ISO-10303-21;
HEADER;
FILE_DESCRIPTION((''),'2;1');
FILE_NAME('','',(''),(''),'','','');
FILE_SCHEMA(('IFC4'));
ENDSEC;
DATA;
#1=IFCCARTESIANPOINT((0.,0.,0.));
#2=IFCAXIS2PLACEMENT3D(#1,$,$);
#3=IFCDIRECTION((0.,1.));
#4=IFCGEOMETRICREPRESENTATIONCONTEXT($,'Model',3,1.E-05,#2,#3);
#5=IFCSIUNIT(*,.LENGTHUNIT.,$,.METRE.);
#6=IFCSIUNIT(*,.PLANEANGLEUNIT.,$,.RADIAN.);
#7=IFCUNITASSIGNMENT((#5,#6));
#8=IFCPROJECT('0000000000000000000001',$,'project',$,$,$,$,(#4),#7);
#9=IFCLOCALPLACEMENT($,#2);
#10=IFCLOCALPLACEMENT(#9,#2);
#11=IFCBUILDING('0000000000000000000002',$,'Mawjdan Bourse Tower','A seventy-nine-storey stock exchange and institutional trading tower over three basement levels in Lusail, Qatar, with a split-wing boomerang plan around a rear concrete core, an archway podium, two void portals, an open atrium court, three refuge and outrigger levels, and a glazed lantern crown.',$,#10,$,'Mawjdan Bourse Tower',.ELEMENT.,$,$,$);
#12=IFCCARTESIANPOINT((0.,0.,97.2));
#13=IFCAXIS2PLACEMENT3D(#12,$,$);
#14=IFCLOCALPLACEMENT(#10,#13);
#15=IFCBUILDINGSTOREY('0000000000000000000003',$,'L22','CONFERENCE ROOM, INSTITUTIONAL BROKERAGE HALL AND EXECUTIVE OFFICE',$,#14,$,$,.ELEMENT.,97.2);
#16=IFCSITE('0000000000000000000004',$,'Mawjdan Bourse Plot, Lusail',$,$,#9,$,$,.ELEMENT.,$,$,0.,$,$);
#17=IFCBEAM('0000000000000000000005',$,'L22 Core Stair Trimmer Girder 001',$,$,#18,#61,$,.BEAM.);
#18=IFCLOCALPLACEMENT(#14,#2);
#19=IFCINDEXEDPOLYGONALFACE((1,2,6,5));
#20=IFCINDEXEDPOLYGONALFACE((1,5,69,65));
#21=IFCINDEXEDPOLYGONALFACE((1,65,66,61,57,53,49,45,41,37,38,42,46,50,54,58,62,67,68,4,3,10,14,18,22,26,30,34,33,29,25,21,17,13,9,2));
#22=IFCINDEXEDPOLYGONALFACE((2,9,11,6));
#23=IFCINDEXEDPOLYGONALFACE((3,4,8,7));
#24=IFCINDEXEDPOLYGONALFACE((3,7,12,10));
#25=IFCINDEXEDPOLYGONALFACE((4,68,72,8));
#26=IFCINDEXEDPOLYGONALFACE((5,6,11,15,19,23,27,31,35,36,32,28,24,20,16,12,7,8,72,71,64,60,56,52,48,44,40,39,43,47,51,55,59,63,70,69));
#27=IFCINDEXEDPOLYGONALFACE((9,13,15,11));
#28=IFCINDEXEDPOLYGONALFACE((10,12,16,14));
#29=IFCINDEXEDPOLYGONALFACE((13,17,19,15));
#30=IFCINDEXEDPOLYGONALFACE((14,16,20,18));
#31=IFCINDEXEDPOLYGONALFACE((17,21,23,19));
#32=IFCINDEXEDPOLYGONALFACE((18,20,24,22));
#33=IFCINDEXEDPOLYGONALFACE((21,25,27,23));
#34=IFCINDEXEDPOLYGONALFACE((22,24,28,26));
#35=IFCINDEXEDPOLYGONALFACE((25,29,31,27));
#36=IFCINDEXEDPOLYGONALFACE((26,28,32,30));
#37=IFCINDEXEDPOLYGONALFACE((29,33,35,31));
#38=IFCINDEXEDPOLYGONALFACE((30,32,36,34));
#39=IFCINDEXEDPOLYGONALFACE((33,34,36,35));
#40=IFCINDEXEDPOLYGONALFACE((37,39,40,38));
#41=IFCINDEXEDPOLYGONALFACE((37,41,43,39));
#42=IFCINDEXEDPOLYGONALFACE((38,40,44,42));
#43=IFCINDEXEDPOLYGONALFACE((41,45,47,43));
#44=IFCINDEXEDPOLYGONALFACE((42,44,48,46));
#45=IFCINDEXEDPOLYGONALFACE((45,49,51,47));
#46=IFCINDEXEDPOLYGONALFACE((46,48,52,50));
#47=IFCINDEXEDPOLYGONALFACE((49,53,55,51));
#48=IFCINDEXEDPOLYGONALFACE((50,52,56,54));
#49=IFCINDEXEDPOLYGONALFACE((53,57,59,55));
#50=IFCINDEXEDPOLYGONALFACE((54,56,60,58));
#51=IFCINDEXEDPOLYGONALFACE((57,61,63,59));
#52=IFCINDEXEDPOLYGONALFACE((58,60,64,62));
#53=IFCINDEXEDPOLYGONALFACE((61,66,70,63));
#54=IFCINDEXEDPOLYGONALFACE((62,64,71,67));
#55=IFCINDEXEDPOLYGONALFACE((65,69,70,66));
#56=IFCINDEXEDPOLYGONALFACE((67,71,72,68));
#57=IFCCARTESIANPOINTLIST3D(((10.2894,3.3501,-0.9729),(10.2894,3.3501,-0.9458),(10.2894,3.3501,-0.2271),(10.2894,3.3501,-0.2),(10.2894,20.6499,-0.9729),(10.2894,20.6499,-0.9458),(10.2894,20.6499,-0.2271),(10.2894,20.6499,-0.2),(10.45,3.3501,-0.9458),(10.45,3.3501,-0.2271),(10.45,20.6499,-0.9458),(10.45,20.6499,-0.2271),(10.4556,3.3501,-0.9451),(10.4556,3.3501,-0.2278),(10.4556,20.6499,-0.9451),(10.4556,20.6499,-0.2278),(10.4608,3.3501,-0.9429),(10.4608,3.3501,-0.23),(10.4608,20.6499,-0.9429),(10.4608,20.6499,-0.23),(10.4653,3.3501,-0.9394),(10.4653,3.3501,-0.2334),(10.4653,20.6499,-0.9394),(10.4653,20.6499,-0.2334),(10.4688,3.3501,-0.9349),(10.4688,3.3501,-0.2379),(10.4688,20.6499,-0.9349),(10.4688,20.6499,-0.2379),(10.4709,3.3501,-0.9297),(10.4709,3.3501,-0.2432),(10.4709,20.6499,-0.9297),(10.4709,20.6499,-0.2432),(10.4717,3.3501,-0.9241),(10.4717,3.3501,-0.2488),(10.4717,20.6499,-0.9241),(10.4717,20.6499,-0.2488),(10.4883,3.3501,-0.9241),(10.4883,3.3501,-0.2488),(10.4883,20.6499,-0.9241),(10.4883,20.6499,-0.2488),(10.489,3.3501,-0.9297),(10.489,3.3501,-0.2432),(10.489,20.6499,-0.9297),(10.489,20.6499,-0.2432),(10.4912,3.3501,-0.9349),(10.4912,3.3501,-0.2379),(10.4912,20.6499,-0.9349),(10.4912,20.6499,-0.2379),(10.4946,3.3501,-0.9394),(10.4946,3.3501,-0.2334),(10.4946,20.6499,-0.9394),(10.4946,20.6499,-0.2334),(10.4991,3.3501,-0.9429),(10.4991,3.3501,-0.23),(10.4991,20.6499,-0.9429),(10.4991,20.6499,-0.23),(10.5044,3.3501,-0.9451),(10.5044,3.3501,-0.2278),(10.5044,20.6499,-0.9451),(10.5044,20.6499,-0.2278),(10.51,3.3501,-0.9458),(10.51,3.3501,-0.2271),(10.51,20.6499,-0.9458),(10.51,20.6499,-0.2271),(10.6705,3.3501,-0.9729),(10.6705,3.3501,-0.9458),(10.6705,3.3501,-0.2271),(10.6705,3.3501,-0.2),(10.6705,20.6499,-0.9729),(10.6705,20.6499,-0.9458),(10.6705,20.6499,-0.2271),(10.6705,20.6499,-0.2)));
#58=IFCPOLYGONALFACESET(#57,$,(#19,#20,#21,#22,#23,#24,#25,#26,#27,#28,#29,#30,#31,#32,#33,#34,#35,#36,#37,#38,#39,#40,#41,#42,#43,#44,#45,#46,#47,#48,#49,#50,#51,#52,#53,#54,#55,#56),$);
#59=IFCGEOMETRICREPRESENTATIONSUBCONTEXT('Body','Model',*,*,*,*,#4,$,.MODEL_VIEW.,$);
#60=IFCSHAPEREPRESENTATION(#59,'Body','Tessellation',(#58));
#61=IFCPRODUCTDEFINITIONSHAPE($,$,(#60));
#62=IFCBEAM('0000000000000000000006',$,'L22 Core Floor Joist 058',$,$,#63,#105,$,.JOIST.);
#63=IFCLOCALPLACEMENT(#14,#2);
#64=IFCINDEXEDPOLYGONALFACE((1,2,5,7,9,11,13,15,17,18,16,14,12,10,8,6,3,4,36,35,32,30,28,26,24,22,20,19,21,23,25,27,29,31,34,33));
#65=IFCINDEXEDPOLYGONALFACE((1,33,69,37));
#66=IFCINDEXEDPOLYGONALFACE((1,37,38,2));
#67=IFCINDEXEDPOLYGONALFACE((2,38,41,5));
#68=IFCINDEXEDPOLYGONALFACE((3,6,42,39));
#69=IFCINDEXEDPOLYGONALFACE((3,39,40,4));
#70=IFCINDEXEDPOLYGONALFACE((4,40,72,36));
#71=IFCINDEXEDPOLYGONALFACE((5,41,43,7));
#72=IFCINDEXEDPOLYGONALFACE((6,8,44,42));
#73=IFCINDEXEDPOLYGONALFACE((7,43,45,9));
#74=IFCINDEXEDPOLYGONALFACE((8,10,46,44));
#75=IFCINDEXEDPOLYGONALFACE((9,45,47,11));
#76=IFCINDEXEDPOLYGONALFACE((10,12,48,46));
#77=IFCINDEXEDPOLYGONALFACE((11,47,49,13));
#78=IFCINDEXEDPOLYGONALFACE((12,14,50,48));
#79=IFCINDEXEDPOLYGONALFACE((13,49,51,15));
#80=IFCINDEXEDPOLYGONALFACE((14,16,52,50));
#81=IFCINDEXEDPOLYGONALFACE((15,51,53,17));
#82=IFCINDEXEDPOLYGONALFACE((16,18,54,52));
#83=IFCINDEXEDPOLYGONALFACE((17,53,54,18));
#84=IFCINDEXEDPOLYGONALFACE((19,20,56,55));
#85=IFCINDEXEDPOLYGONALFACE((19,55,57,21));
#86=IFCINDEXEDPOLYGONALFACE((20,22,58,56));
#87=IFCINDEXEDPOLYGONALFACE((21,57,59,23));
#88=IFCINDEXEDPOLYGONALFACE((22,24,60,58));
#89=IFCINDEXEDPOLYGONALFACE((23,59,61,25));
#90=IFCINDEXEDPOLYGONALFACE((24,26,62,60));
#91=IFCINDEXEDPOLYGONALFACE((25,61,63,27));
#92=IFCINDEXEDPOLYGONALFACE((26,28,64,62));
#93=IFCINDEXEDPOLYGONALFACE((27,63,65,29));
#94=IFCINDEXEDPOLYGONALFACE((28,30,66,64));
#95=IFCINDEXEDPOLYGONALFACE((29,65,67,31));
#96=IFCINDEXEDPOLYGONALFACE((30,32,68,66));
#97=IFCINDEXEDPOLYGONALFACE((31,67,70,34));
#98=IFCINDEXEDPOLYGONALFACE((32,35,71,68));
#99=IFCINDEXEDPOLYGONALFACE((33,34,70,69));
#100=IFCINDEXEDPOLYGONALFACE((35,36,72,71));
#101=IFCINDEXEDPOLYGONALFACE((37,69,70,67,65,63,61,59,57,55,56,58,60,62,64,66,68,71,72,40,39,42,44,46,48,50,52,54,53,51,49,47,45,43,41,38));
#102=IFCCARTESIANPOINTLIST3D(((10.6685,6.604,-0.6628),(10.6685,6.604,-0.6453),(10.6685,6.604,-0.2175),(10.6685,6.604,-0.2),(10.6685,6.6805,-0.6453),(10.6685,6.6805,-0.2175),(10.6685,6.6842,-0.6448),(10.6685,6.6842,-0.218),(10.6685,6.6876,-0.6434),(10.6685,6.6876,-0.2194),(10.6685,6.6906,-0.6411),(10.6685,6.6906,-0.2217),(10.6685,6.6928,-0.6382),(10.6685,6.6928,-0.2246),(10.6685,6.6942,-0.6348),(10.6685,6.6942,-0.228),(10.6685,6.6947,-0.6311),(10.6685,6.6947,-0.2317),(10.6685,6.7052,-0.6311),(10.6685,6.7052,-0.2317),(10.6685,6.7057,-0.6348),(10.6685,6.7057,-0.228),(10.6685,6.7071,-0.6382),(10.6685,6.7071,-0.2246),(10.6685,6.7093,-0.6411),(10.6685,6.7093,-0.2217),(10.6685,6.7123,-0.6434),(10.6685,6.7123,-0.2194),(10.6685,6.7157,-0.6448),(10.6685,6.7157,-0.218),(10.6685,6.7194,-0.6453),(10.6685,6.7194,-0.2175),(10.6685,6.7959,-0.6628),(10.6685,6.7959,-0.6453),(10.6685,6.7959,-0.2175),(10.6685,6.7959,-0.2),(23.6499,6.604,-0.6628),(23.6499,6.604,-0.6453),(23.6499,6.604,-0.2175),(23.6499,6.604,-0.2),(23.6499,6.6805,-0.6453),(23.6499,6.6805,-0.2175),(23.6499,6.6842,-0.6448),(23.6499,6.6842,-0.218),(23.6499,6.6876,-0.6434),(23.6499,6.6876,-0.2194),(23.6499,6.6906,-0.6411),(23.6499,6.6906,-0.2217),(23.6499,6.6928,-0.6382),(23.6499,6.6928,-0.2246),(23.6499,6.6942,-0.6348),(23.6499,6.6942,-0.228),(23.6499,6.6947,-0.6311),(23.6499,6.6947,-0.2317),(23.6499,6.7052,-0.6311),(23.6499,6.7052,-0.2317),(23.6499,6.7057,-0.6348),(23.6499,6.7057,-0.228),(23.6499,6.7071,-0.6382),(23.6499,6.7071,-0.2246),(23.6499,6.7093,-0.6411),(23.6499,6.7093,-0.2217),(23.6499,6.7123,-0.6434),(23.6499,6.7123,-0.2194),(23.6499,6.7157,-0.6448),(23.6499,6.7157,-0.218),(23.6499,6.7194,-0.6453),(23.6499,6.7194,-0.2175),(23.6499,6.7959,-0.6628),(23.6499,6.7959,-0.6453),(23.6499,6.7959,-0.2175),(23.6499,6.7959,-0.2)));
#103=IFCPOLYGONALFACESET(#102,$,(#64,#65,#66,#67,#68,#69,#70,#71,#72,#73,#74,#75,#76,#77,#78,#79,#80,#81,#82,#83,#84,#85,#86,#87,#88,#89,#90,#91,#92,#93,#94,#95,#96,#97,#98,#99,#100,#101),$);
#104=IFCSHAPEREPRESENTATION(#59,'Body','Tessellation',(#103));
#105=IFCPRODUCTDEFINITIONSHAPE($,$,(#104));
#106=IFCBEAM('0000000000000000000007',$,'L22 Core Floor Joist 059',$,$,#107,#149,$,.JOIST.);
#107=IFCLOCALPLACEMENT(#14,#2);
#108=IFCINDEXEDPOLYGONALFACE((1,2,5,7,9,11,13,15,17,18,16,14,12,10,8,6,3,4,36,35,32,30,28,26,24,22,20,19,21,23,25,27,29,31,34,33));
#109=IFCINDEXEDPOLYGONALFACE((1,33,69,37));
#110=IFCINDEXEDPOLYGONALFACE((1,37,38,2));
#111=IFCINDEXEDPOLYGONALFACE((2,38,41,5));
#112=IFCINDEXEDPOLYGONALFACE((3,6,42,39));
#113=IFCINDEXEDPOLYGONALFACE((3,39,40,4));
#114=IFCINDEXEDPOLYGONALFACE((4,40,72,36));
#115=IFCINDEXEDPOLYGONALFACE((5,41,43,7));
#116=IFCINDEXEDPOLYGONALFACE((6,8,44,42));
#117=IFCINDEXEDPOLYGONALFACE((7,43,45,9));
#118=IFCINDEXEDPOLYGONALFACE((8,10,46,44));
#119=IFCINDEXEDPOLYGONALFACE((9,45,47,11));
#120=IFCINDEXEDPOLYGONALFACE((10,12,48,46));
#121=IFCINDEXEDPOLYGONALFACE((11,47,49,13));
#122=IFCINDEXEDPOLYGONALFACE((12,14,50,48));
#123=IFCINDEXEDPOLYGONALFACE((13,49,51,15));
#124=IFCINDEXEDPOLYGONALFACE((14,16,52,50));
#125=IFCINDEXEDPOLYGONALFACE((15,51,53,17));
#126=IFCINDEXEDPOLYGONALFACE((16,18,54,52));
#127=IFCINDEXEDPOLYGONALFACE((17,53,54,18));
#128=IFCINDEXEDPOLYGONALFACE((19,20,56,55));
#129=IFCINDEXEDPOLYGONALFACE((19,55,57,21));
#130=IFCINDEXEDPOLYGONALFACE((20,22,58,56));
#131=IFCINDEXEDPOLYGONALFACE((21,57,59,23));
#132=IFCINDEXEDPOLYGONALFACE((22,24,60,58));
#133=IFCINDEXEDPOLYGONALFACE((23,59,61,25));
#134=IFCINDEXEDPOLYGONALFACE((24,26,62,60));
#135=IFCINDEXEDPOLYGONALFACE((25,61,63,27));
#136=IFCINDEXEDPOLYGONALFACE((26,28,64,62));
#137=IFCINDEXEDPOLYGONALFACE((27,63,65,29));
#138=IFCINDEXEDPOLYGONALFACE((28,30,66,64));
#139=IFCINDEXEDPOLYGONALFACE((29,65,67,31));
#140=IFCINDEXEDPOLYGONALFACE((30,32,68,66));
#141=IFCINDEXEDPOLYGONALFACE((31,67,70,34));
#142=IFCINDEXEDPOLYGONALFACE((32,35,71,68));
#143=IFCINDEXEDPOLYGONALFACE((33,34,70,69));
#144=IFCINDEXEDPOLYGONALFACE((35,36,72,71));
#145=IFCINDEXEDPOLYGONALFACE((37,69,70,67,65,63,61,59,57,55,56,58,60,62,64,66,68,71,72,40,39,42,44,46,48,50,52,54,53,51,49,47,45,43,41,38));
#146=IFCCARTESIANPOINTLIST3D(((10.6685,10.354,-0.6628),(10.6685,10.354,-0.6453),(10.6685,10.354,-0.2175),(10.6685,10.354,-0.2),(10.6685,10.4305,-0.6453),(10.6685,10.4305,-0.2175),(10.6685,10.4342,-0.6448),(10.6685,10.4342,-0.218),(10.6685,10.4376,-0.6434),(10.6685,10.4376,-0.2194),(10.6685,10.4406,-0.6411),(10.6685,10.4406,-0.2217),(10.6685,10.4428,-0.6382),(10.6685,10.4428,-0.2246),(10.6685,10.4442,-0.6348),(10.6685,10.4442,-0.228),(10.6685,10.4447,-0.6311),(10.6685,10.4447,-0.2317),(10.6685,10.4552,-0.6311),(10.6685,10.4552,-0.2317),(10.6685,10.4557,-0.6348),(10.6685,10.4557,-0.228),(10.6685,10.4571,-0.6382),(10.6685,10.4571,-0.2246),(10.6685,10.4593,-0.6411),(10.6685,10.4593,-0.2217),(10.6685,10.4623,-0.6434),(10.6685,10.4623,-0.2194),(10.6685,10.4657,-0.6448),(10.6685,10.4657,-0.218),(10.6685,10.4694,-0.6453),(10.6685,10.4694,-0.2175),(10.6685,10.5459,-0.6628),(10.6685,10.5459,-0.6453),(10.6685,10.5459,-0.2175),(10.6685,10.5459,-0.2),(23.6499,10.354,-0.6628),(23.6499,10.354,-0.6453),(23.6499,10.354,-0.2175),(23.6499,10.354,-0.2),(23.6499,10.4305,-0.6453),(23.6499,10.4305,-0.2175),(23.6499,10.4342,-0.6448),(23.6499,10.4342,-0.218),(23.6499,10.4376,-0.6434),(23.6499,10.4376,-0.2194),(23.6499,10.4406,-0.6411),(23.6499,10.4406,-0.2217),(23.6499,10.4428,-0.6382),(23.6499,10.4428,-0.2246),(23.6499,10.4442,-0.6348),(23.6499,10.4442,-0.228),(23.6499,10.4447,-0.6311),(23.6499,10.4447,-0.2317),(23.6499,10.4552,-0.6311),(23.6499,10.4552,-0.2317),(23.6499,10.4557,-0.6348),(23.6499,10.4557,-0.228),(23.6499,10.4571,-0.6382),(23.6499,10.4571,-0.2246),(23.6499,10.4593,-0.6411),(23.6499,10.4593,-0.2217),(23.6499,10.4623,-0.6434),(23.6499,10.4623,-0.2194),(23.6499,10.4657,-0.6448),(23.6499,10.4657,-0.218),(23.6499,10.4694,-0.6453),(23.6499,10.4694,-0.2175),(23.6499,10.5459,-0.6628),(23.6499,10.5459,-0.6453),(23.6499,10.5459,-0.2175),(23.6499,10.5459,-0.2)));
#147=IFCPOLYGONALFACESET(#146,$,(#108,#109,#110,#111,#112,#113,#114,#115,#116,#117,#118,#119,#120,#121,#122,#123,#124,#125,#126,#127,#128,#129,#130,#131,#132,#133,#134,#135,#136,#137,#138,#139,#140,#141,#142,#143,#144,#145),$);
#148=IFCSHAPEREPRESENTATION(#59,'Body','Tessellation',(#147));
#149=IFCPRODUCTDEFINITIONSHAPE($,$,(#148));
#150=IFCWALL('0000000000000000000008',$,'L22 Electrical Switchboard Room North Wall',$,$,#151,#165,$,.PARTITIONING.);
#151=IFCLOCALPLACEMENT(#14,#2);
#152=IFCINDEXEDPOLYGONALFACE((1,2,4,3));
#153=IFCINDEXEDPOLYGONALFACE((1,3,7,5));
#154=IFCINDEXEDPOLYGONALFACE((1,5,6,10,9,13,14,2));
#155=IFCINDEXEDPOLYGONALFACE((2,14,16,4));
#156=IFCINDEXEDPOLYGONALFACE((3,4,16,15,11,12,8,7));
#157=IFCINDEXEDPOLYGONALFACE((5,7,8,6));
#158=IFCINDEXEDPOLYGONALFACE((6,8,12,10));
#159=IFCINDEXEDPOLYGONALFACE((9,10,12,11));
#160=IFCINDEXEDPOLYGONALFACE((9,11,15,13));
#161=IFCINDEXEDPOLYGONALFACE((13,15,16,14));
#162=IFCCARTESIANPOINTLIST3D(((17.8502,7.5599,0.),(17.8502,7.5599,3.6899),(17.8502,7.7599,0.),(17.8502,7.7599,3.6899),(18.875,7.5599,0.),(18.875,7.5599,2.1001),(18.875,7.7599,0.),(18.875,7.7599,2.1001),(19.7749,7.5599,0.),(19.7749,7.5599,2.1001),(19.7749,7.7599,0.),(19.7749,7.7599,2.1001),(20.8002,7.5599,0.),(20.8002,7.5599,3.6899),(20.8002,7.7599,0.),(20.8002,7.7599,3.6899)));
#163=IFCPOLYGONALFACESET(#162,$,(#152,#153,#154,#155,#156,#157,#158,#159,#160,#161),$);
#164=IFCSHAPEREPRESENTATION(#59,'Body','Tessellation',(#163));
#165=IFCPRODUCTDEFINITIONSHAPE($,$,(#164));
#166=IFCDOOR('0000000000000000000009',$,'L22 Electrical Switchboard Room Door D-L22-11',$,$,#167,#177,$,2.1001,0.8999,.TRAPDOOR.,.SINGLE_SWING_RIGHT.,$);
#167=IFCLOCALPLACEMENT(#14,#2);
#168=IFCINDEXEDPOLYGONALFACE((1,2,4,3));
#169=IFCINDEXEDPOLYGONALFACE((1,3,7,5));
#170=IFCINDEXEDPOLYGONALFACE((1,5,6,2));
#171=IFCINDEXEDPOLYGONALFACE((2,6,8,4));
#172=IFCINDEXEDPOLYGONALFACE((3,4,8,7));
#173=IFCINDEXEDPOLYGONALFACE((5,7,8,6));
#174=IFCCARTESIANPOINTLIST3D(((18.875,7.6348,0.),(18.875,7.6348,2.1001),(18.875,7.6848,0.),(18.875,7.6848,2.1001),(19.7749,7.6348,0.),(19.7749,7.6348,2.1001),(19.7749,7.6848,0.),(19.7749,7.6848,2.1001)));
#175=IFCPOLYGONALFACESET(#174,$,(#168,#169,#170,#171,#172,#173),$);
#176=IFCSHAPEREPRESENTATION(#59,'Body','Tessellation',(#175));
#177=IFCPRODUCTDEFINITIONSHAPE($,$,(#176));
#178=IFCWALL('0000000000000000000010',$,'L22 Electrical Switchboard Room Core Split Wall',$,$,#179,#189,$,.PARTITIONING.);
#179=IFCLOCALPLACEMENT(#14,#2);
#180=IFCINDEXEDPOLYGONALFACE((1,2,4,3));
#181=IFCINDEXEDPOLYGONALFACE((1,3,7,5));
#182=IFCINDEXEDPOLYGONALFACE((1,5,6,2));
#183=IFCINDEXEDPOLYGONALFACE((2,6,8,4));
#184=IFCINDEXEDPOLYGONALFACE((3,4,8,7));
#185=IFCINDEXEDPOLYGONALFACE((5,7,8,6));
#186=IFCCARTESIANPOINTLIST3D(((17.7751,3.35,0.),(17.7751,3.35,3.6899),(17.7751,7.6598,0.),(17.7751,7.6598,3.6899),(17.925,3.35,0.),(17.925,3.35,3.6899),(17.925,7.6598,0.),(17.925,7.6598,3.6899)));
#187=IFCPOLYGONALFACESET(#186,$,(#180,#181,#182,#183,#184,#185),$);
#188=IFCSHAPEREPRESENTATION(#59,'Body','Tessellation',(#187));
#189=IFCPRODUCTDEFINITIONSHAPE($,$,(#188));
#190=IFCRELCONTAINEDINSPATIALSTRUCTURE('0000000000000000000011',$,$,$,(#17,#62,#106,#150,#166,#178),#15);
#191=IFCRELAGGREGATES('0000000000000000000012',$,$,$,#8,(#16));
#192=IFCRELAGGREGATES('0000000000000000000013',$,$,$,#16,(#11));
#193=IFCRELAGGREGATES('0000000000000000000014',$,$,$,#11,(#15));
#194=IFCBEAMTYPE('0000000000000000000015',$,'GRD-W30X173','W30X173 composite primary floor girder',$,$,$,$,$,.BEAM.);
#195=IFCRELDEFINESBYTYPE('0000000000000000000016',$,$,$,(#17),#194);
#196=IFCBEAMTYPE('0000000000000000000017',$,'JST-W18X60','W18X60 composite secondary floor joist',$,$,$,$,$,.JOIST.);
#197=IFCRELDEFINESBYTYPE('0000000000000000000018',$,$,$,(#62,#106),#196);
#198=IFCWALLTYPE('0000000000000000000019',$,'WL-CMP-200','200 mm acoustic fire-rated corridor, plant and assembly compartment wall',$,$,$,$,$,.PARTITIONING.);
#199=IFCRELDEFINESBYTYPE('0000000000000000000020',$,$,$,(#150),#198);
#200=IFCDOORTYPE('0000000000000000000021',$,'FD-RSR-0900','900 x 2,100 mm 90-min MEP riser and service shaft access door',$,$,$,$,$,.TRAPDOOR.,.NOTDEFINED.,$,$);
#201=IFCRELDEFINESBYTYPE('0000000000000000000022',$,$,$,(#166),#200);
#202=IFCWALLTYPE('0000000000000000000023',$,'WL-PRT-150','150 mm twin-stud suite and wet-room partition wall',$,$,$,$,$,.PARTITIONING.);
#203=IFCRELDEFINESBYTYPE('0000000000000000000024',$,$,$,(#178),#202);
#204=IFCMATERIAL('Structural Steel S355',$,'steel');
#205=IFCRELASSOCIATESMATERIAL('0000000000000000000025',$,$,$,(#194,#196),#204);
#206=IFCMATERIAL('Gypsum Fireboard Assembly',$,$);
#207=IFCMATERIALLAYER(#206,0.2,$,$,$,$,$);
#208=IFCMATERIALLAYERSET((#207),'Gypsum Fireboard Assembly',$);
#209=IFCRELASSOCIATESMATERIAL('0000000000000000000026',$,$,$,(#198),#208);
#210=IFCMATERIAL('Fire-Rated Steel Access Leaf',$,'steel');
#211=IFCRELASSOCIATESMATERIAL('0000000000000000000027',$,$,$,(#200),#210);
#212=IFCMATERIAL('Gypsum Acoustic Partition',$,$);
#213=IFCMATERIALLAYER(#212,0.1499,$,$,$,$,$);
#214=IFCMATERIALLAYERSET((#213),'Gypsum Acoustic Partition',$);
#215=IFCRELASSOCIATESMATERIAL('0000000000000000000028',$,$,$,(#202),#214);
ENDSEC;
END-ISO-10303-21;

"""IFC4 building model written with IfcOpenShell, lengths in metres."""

from ifc_helpers import new_model, si_unit, direction, frame, frame_2d, origin, origin_2d, place, context, subcontext, project, spatial, rectangle, i_section, extrude, material, layer, layer_set, material_profile, profile_set, type_object, element, fill, save


model = new_model("IFC4")

# Units and contexts
model_context = context("Model", 3, precision=1e-05, world=origin(), true_north=direction((0.0, 1.0)))
body_context = subcontext(model_context, "Body", "Model", "MODEL_VIEW")
ifc_project = project(units=[si_unit("LENGTHUNIT", "METRE"), si_unit("PLANEANGLEUNIT", "RADIAN")], contexts=[model_context])

# Site, building, storey
site_placement = place(None, origin())
site = spatial("IfcSite", under=ifc_project, at=site_placement, Name="Mawjdan Bourse Plot, Lusail", CompositionType="ELEMENT", RefElevation=0.0)
building_placement = place(site_placement, origin())
building = spatial("IfcBuilding", under=site, at=building_placement, Name="Mawjdan Bourse Tower", Description="A seventy-nine-storey stock exchange and institutional trading tower over three basement levels in Lusail, Qatar, with a split-wing boomerang plan around a rear concrete core, an archway podium, two void portals, an open atrium court, three refuge and outrigger levels, and a glazed lantern crown.", LongName="Mawjdan Bourse Tower", CompositionType="ELEMENT")
storey_placement = place(building_placement, frame((0.0, 0.0, 97.2)))
storey = spatial("IfcBuildingStorey", under=building, at=storey_placement, Name="L22", Description="CONFERENCE ROOM, INSTITUTIONAL BROKERAGE HALL AND EXECUTIVE OFFICE", CompositionType="ELEMENT", Elevation=97.2)

# Beams
ifc_material_1 = material(Name="Structural Steel S355", Category="steel")
ifc_material_profile_1 = material_profile(ifc_material_1, i_section(OverallWidth=0.3811, OverallDepth=0.7729, WebThickness=0.0166, FlangeThickness=0.0271, FilletRadius=0.0217, at=origin_2d()), Name="W30X173")
ifc_profile_set_1 = profile_set([ifc_material_profile_1], Name="Structural Steel S355")
beam_type_1 = type_object("IfcBeamType", Name="GRD-W30X173", Description="W30X173 composite primary floor girder", PredefinedType="BEAM", material=ifc_profile_set_1)
beam_placement = place(storey_placement, frame((10.48, 3.3501, -0.5864), z_axis=(0.0, 1.0, 0.0), x_axis=(-1.0, 0.0, 0.0)))
element("IfcBeam", 1, at=beam_placement, inside=storey, type_object=beam_type_1, Name="L22 Core Stair Trimmer Girder 001", PredefinedType="BEAM", context=body_context, shape_type="SweptSolid", body=[
    extrude(i_section(OverallWidth=0.3811, OverallDepth=0.7729, WebThickness=0.0166, FlangeThickness=0.0271, FilletRadius=0.0217, at=origin_2d()), origin(), (0.0, 0.0, 1.0), 17.2998),
])
ifc_material_profile_2 = material_profile(ifc_material_1, i_section(OverallWidth=0.1919, OverallDepth=0.4629, WebThickness=0.0105, FlangeThickness=0.0176, FilletRadius=0.0142, at=origin_2d()), Name="W18X60")
ifc_profile_set_2 = profile_set([ifc_material_profile_2], Name="Structural Steel S355")
beam_type_2 = type_object("IfcBeamType", Name="JST-W18X60", Description="W18X60 composite secondary floor joist", PredefinedType="JOIST", material=ifc_profile_set_2)
for number, where, z_axis, x_axis, name in (
    (2, (10.6685, 6.7, -0.4314), (1.0, 0.0, 0.0), (0.0, 1.0, 0.0), "L22 Core Floor Joist 058"),
    (3, (10.6685, 10.45, -0.4314), (1.0, 0.0, 0.0), (0.0, 1.0, 0.0), "L22 Core Floor Joist 059"),
):
    element("IfcBeam", number, at=place(storey_placement, frame(where, z_axis=z_axis, x_axis=x_axis)), inside=storey, type_object=beam_type_2, Name=name, PredefinedType="JOIST", context=body_context, shape_type="SweptSolid", body=[
        extrude(i_section(OverallWidth=0.1919, OverallDepth=0.4629, WebThickness=0.0105, FlangeThickness=0.0176, FilletRadius=0.0142, at=origin_2d()), origin(), (0.0, 0.0, 1.0), 12.9814),
    ])

# Wall, opening, door
ifc_material_2 = material(Name="Gypsum Fireboard Assembly")
ifc_layer_1 = layer(ifc_material_2, 0.2)
ifc_layer_set_1 = layer_set([ifc_layer_1], Name="Gypsum Fireboard Assembly")
wall_type_1 = type_object("IfcWallType", Name="WL-CMP-200", Description="200 mm acoustic fire-rated corridor, plant and assembly compartment wall", PredefinedType="PARTITIONING", material=ifc_layer_set_1)
wall_1_placement = place(storey_placement, frame((17.8501, 7.6599, 0.0), z_axis=(0.0, 0.0, 1.0), x_axis=(1.0, 0.0, 0.0)))
wall_1 = element("IfcWall", 4, at=wall_1_placement, inside=storey, type_object=wall_type_1, Name="L22 Electrical Switchboard Room North Wall", PredefinedType="PARTITIONING", context=body_context, shape_type="SweptSolid", body=[
    extrude(rectangle(XDim=2.95, YDim=0.2, at=frame_2d((1.4751, 0.0))), origin(), (0.0, 0.0, 1.0), 3.6899),
])
opening_1_placement = place(wall_1_placement, frame((1.0249, 0.0, 0.0)))
opening_1 = element("IfcOpeningElement", 5, at=opening_1_placement, cuts=wall_1, PredefinedType="OPENING", context=body_context, shape_type="SweptSolid", body=[
    extrude(rectangle(XDim=0.8999, YDim=2.1001, at=frame_2d((0.45, 1.05))), frame((0.0, 0.1099, 0.0), z_axis=(0.0, -1.0, 0.0), x_axis=(1.0, 0.0, 0.0)), (0.0, 0.0, 1.0), 0.22),
])
ifc_material_3 = material(Name="Fire-Rated Steel Access Leaf", Category="steel")
door_type_1 = type_object("IfcDoorType", Name="FD-RSR-0900", Description="900 x 2,100 mm 90-min MEP riser and service shaft access door", OperationType="NOTDEFINED", PredefinedType="TRAPDOOR", material=ifc_material_3)
door_1_placement = place(opening_1_placement, origin())
door_1 = element("IfcDoor", 6, at=door_1_placement, inside=storey, type_object=door_type_1, Name="L22 Electrical Switchboard Room Door D-L22-11", OperationType="SINGLE_SWING_RIGHT", OverallHeight=2.1001, OverallWidth=0.8999, PredefinedType="TRAPDOOR", context=body_context, shape_type="SweptSolid", body=[
    extrude(rectangle(XDim=0.8999, YDim=2.1001, at=frame_2d((0.45, 1.05))), frame((0.0, 0.0249, 0.0), z_axis=(0.0, -1.0, 0.0), x_axis=(1.0, 0.0, 0.0)), (0.0, 0.0, 1.0), 0.05),
])
fill(opening_1, door_1)

# Wall
ifc_material_4 = material(Name="Gypsum Acoustic Partition")
ifc_layer_2 = layer(ifc_material_4, 0.1499)
ifc_layer_set_2 = layer_set([ifc_layer_2], Name="Gypsum Acoustic Partition")
wall_type_2 = type_object("IfcWallType", Name="WL-PRT-150", Description="150 mm twin-stud suite and wet-room partition wall", PredefinedType="PARTITIONING", material=ifc_layer_set_2)
wall_2_placement = place(storey_placement, frame((17.8501, 3.3501, 0.0), z_axis=(0.0, 0.0, 1.0), x_axis=(0.0, 1.0, 0.0)))
element("IfcWall", 7, at=wall_2_placement, inside=storey, type_object=wall_type_2, Name="L22 Electrical Switchboard Room Core Split Wall", PredefinedType="PARTITIONING", context=body_context, shape_type="SweptSolid", body=[
    extrude(rectangle(XDim=4.3098, YDim=0.1499, at=frame_2d((2.1548, 0.0))), origin(), (0.0, 0.0, 1.0), 3.6899),
])

save(model, "model.ifc")
